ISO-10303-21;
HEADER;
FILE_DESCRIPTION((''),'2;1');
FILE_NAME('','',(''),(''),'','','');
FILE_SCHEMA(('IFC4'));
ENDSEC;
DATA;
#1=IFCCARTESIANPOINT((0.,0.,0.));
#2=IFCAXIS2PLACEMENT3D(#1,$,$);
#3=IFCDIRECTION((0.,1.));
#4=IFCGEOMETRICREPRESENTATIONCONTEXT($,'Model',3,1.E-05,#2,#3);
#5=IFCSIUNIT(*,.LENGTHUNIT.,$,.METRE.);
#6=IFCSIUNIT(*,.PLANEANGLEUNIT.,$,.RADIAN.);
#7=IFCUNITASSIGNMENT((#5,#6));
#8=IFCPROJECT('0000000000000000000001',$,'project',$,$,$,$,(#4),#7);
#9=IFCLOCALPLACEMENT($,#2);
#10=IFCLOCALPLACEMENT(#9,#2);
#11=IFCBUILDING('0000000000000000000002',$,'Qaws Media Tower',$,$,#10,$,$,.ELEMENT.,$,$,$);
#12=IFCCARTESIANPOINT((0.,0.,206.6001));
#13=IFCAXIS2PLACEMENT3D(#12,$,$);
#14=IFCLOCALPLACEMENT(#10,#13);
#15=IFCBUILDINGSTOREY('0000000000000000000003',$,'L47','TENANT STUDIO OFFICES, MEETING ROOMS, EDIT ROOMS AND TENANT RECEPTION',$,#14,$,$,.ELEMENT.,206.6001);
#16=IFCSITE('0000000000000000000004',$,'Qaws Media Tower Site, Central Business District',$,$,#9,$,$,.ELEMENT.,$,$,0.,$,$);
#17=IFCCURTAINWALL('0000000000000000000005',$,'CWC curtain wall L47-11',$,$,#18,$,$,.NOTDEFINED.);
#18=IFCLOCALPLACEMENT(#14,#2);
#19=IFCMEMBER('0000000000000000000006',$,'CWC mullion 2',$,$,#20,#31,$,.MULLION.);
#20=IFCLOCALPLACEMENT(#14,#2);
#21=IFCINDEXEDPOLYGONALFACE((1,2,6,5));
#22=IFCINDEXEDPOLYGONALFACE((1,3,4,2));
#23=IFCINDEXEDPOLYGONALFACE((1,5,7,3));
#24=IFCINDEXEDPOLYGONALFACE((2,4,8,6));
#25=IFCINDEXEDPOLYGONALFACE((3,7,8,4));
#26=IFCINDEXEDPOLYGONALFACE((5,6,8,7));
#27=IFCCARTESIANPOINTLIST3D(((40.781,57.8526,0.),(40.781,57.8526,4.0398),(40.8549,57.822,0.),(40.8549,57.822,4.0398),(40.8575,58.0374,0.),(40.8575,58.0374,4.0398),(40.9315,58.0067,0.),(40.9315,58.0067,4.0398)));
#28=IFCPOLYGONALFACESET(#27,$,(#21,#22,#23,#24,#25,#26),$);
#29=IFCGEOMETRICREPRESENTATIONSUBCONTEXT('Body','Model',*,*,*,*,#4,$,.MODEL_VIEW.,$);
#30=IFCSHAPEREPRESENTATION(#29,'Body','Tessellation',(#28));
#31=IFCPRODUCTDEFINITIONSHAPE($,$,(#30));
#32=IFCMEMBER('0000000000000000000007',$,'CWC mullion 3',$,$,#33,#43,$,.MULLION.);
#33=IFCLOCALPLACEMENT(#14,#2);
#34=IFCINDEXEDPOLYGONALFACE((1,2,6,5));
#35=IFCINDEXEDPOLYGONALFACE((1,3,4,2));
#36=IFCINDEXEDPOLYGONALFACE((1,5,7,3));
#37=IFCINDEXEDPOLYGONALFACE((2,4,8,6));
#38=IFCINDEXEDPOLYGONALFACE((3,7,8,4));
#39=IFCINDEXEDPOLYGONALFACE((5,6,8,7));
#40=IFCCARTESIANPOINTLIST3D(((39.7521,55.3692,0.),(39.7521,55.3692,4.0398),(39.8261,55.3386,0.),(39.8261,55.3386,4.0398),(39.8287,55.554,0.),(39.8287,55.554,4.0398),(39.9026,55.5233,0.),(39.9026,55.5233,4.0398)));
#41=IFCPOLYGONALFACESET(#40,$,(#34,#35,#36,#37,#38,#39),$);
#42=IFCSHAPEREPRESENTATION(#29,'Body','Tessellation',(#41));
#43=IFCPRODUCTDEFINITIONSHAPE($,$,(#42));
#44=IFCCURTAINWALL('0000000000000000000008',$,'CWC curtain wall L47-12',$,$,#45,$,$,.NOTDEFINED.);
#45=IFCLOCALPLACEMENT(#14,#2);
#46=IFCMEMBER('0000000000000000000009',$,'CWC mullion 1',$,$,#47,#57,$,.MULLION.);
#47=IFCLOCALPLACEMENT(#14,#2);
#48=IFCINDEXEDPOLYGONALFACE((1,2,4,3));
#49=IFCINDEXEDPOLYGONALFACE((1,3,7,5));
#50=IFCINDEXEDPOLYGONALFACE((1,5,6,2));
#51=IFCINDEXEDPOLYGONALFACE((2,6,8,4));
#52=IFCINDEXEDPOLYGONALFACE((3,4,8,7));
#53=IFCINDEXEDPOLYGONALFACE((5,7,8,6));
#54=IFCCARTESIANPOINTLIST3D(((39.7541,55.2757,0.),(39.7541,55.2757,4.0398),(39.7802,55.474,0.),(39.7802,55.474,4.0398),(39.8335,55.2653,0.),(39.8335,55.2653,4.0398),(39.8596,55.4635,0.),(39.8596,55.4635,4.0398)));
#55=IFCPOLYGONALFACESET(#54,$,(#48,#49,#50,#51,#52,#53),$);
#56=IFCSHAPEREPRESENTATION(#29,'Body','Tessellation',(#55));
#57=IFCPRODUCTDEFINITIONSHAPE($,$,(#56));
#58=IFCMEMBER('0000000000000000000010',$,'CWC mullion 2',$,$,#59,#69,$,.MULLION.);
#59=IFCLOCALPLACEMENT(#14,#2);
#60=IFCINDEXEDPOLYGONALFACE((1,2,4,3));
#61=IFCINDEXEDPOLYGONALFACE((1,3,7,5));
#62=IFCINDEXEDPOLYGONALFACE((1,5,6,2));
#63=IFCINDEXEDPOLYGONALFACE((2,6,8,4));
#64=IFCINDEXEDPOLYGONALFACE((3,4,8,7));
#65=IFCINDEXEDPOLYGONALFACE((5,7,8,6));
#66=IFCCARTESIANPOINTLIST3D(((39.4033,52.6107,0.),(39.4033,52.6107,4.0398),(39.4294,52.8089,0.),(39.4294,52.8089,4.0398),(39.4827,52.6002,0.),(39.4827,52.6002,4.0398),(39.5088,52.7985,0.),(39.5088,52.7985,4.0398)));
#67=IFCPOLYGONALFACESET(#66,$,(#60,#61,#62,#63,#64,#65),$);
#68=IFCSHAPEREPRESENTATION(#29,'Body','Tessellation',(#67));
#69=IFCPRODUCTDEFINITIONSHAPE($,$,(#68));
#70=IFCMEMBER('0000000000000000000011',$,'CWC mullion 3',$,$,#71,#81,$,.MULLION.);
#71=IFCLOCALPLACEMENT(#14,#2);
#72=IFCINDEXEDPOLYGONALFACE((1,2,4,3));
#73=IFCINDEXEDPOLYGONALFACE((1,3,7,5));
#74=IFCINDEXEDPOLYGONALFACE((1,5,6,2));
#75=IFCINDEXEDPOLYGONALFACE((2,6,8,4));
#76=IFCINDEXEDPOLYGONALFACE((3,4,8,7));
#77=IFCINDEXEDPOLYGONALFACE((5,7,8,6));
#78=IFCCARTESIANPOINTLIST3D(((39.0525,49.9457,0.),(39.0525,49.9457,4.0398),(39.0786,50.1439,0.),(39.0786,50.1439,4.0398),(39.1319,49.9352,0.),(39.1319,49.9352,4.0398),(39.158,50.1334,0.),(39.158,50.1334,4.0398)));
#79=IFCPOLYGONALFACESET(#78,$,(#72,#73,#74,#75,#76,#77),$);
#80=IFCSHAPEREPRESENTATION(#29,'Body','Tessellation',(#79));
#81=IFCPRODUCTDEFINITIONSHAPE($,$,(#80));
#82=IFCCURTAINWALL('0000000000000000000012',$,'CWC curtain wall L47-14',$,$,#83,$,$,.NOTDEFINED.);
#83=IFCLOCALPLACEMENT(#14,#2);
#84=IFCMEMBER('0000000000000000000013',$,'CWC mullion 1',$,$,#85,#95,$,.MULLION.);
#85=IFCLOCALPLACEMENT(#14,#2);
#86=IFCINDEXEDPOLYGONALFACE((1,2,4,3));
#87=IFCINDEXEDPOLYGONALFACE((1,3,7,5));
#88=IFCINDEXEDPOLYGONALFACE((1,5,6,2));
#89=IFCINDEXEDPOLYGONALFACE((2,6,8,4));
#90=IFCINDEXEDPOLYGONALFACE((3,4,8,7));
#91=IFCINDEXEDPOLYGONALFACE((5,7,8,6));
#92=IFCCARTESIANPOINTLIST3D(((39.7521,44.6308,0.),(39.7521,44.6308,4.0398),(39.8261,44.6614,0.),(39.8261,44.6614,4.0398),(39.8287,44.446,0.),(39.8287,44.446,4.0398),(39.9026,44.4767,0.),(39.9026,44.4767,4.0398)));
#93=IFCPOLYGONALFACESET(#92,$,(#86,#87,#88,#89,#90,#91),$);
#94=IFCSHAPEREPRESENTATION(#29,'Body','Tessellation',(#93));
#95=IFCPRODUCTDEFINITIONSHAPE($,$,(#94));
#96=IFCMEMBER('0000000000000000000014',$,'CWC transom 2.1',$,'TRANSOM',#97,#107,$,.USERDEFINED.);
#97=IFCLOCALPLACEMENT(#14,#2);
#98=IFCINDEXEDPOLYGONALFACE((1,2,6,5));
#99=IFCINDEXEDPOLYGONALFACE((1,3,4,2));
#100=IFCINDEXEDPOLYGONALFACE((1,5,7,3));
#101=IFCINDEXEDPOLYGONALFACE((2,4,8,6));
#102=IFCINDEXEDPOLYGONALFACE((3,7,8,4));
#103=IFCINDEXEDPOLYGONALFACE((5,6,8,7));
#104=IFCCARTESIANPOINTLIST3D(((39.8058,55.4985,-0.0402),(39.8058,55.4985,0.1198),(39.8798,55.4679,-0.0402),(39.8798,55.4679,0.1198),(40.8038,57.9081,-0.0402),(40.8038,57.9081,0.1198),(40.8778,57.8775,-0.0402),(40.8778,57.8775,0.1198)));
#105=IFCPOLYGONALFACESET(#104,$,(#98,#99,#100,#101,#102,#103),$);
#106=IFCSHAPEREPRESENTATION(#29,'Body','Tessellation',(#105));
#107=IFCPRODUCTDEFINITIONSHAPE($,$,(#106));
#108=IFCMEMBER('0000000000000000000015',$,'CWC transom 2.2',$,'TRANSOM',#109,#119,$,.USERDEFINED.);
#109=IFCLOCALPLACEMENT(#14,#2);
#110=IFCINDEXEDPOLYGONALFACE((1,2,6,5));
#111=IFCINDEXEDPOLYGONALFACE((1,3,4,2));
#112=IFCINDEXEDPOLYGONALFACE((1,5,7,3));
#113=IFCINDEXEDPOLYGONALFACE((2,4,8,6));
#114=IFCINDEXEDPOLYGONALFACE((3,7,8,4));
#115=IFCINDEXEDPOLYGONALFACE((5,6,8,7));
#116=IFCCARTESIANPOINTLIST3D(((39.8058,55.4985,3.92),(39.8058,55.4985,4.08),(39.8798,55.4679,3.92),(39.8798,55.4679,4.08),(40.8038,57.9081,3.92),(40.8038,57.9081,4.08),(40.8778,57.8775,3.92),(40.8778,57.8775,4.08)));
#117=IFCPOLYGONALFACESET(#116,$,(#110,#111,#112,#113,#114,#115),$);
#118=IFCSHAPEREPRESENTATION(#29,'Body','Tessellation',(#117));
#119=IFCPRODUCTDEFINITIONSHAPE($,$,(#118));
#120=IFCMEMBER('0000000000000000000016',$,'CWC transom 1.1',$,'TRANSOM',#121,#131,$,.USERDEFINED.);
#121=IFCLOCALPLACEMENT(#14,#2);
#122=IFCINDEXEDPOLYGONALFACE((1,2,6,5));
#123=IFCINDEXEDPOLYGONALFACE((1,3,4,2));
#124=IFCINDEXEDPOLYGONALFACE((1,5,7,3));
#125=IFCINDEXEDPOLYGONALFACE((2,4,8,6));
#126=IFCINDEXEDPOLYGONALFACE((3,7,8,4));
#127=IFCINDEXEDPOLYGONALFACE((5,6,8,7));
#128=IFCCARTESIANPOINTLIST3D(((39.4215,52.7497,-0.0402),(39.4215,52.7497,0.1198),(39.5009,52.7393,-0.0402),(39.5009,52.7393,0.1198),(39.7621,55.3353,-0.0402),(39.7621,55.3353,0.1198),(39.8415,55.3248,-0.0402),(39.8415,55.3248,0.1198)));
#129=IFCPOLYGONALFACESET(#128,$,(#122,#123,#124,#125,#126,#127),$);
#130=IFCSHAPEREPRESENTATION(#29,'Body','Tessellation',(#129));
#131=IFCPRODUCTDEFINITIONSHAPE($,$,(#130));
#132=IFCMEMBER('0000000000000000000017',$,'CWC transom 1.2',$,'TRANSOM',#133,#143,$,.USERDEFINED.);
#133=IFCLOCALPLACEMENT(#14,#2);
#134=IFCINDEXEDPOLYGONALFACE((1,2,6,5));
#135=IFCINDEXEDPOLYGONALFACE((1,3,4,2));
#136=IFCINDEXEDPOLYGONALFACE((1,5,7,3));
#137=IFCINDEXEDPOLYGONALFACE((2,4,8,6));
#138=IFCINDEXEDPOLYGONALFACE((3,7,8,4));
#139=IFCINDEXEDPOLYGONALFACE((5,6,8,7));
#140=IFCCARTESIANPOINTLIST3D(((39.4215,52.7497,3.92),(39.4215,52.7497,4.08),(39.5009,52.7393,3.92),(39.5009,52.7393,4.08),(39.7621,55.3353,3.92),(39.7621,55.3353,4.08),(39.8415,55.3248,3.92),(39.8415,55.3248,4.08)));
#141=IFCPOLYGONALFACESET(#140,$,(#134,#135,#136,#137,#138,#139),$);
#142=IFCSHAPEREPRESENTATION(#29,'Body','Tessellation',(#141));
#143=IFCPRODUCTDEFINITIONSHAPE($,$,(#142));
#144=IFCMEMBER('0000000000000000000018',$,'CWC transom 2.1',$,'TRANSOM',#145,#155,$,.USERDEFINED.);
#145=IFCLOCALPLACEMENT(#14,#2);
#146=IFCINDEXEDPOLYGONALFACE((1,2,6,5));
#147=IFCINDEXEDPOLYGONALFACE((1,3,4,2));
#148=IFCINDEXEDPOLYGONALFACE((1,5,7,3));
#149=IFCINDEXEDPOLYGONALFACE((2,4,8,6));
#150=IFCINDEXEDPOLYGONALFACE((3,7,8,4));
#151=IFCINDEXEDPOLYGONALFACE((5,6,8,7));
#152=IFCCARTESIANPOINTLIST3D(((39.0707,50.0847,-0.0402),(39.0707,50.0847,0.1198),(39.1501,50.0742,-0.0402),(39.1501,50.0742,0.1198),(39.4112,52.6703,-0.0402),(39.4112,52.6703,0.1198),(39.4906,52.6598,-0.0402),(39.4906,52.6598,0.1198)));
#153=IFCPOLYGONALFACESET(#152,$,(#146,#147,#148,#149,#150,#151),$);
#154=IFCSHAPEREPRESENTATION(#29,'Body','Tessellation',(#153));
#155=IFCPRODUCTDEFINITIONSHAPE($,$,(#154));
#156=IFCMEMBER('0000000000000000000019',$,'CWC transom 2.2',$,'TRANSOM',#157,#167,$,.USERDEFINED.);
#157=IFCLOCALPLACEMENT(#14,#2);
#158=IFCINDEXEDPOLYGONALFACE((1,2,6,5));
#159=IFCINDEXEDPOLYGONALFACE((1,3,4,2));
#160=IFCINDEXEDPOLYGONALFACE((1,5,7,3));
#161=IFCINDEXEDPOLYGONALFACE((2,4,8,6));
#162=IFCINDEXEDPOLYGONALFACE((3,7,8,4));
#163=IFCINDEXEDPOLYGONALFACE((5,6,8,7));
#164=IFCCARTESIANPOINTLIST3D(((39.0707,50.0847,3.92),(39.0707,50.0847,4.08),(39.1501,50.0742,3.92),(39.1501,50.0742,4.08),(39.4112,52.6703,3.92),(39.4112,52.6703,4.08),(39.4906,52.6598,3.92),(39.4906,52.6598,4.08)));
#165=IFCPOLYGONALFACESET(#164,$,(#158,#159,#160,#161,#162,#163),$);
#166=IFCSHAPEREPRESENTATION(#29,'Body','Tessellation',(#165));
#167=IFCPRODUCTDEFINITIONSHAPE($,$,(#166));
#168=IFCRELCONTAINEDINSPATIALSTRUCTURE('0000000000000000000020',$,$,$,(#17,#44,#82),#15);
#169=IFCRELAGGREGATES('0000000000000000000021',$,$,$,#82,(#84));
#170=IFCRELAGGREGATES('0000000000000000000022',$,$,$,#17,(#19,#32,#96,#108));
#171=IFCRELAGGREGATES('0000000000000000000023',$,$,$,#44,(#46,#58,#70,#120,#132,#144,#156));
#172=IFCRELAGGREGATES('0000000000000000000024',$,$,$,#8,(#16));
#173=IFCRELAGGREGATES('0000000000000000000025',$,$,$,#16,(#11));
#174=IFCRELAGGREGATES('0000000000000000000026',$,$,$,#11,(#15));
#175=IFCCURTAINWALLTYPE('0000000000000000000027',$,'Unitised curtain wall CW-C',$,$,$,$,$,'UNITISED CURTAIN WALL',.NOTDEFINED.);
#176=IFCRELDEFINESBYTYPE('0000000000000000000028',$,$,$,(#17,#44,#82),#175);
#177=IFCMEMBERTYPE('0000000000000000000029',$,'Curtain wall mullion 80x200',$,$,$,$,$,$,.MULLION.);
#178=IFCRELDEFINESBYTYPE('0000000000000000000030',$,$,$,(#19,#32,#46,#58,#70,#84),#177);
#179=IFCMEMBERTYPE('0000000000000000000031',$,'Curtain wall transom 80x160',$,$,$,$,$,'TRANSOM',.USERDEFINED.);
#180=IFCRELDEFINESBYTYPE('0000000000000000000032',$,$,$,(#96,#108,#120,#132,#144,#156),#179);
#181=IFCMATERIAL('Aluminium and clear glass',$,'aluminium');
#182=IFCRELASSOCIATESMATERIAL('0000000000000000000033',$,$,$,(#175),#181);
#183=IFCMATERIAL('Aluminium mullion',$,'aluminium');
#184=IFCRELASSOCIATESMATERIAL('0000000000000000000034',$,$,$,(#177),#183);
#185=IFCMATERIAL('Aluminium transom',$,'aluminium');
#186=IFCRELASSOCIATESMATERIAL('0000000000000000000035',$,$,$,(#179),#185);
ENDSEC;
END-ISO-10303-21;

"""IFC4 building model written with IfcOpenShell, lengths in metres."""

from ifc_helpers import new_model, si_unit, direction, frame, origin, origin_2d, place, context, subcontext, project, spatial, rectangle, extrude, material, material_profile, profile_set, type_object, element, aggregate, save


model = new_model("IFC4")

# Units and contexts
model_context = context("Model", 3, precision=1e-05, world=origin(), true_north=direction((0.0, 1.0)))
body_context = subcontext(model_context, "Body", "Model", "MODEL_VIEW")
ifc_project = project(units=[si_unit("LENGTHUNIT", "METRE"), si_unit("PLANEANGLEUNIT", "RADIAN")], contexts=[model_context])

# Site, building, storey
site_placement = place(None, origin())
site = spatial("IfcSite", under=ifc_project, at=site_placement, Name="Qaws Media Tower Site, Central Business District", CompositionType="ELEMENT", RefElevation=0.0)
building_placement = place(site_placement, origin())
building = spatial("IfcBuilding", under=site, at=building_placement, Name="Qaws Media Tower", CompositionType="ELEMENT")
storey_placement = place(building_placement, frame((0.0, 0.0, 206.6001)))
storey = spatial("IfcBuildingStorey", under=building, at=storey_placement, Name="L47", Description="TENANT STUDIO OFFICES, MEETING ROOMS, EDIT ROOMS AND TENANT RECEPTION", CompositionType="ELEMENT", Elevation=206.6001)

# Curtain walls, members
ifc_material_1 = material(Name="Aluminium and clear glass", Category="aluminium")
curtain_wall_type = type_object("IfcCurtainWallType", Name="Unitised curtain wall CW-C", ElementType="UNITISED CURTAIN WALL", PredefinedType="NOTDEFINED", material=ifc_material_1)
curtain_wall_1_placement = place(storey_placement, origin())
curtain_wall_1 = element("IfcCurtainWall", 1, at=curtain_wall_1_placement, inside=storey, type_object=curtain_wall_type, Name="CWC curtain wall L47-11", PredefinedType="NOTDEFINED")
ifc_material_2 = material(Name="Aluminium mullion", Category="aluminium")
ifc_material_profile_1 = material_profile(ifc_material_2, rectangle(XDim=0.0801, YDim=0.2, at=origin_2d()), Name="80x200")
ifc_profile_set_1 = profile_set([ifc_material_profile_1], Name="Aluminium mullion")
member_type_1 = type_object("IfcMemberType", Name="Curtain wall mullion 80x200", PredefinedType="MULLION", material=ifc_profile_set_1)
member_1_placement = place(storey_placement, frame((40.8562, 57.9297, 0.0), z_axis=(0.0, 0.0, 1.0), x_axis=(0.92388, -0.382683, 0.0)))
member_1 = element("IfcMember", 2, at=member_1_placement, type_object=member_type_1, Name="CWC mullion 2", PredefinedType="MULLION", context=body_context, shape_type="SweptSolid", body=[
    extrude(rectangle(XDim=0.0801, YDim=0.2, at=origin_2d()), origin(), (0.0, 0.0, 1.0), 4.0398),
])
member_2_placement = place(storey_placement, frame((39.8274, 55.4463, 0.0), z_axis=(0.0, 0.0, 1.0), x_axis=(0.92388, -0.382683, 0.0)))
member_2 = element("IfcMember", 3, at=member_2_placement, type_object=member_type_1, Name="CWC mullion 3", PredefinedType="MULLION", context=body_context, shape_type="SweptSolid", body=[
    extrude(rectangle(XDim=0.0801, YDim=0.2, at=origin_2d()), origin(), (0.0, 0.0, 1.0), 4.0398),
])
curtain_wall_2_placement = place(storey_placement, origin())
curtain_wall_2 = element("IfcCurtainWall", 4, at=curtain_wall_2_placement, inside=storey, type_object=curtain_wall_type, Name="CWC curtain wall L47-12", PredefinedType="NOTDEFINED")
member_3_placement = place(storey_placement, frame((39.8069, 55.3696, 0.0), z_axis=(0.0, 0.0, 1.0), x_axis=(0.991445, -0.130526, 0.0)))
member_3 = element("IfcMember", 5, at=member_3_placement, type_object=member_type_1, Name="CWC mullion 1", PredefinedType="MULLION", context=body_context, shape_type="SweptSolid", body=[
    extrude(rectangle(XDim=0.0801, YDim=0.2, at=origin_2d()), origin(), (0.0, 0.0, 1.0), 4.0398),
])
member_4_placement = place(storey_placement, frame((39.4561, 52.7046, 0.0), z_axis=(0.0, 0.0, 1.0), x_axis=(0.991445, -0.130526, 0.0)))
member_4 = element("IfcMember", 6, at=member_4_placement, type_object=member_type_1, Name="CWC mullion 2", PredefinedType="MULLION", context=body_context, shape_type="SweptSolid", body=[
    extrude(rectangle(XDim=0.0801, YDim=0.2, at=origin_2d()), origin(), (0.0, 0.0, 1.0), 4.0398),
])
member_5_placement = place(storey_placement, frame((39.1052, 50.0396, 0.0), z_axis=(0.0, 0.0, 1.0), x_axis=(0.991445, -0.130526, 0.0)))
member_5 = element("IfcMember", 7, at=member_5_placement, type_object=member_type_1, Name="CWC mullion 3", PredefinedType="MULLION", context=body_context, shape_type="SweptSolid", body=[
    extrude(rectangle(XDim=0.0801, YDim=0.2, at=origin_2d()), origin(), (0.0, 0.0, 1.0), 4.0398),
])

# Curtain wall, member
curtain_wall_3_placement = place(storey_placement, origin())
curtain_wall_3 = element("IfcCurtainWall", 8, at=curtain_wall_3_placement, inside=storey, type_object=curtain_wall_type, Name="CWC curtain wall L47-14", PredefinedType="NOTDEFINED")
member_6_placement = place(storey_placement, frame((39.8274, 44.5537, 0.0), z_axis=(0.0, 0.0, 1.0), x_axis=(0.92388, 0.382683, 0.0)))
member_6 = element("IfcMember", 9, at=member_6_placement, type_object=member_type_1, Name="CWC mullion 1", PredefinedType="MULLION", context=body_context, shape_type="SweptSolid", body=[
    extrude(rectangle(XDim=0.0801, YDim=0.2, at=origin_2d()), origin(), (0.0, 0.0, 1.0), 4.0398),
])
aggregate(curtain_wall_3, [member_6])

# Members
ifc_material_3 = material(Name="Aluminium transom", Category="aluminium")
ifc_material_profile_2 = material_profile(ifc_material_3, rectangle(XDim=0.0801, YDim=0.1599, at=origin_2d()), Name="80x160")
ifc_profile_set_2 = profile_set([ifc_material_profile_2], Name="Aluminium transom")
member_type_2 = type_object("IfcMemberType", Name="Curtain wall transom 80x160", ElementType="TRANSOM", PredefinedType="USERDEFINED", material=ifc_profile_set_2)
member_7_placement = place(storey_placement, frame((40.8408, 57.8928, 0.0398), z_axis=(-0.38266, -0.923889, 0.0), x_axis=(0.923889, -0.38266, 0.0)))
member_7 = element("IfcMember", 10, at=member_7_placement, type_object=member_type_2, Name="CWC transom 2.1", ObjectType="TRANSOM", PredefinedType="USERDEFINED", context=body_context, shape_type="SweptSolid", body=[
    extrude(rectangle(XDim=0.0801, YDim=0.1599, at=origin_2d()), origin(), (0.0, 0.0, 1.0), 2.6082),
])
member_8_placement = place(storey_placement, frame((40.8408, 57.8928, 4.0), z_axis=(-0.38266, -0.923889, 0.0), x_axis=(0.923889, -0.38266, 0.0)))
member_8 = element("IfcMember", 11, at=member_8_placement, type_object=member_type_2, Name="CWC transom 2.2", ObjectType="TRANSOM", PredefinedType="USERDEFINED", context=body_context, shape_type="SweptSolid", body=[
    extrude(rectangle(XDim=0.0801, YDim=0.1599, at=origin_2d()), origin(), (0.0, 0.0, 1.0), 2.6082),
])
member_9_placement = place(storey_placement, frame((39.8018, 55.3301, 0.0398), z_axis=(-0.130588, -0.991437, 0.0), x_axis=(0.991437, -0.130588, 0.0)))
member_9 = element("IfcMember", 12, at=member_9_placement, type_object=member_type_2, Name="CWC transom 1.1", ObjectType="TRANSOM", PredefinedType="USERDEFINED", context=body_context, shape_type="SweptSolid", body=[
    extrude(rectangle(XDim=0.0801, YDim=0.1599, at=origin_2d()), origin(), (0.0, 0.0, 1.0), 2.6079),
])
member_10_placement = place(storey_placement, frame((39.8018, 55.3301, 4.0), z_axis=(-0.130588, -0.991437, 0.0), x_axis=(0.991437, -0.130588, 0.0)))
member_10 = element("IfcMember", 13, at=member_10_placement, type_object=member_type_2, Name="CWC transom 1.2", ObjectType="TRANSOM", PredefinedType="USERDEFINED", context=body_context, shape_type="SweptSolid", body=[
    extrude(rectangle(XDim=0.0801, YDim=0.1599, at=origin_2d()), origin(), (0.0, 0.0, 1.0), 2.6079),
])
member_11_placement = place(storey_placement, frame((39.4509, 52.665, 0.0398), z_axis=(-0.130588, -0.991437, 0.0), x_axis=(0.991437, -0.130588, 0.0)))
member_11 = element("IfcMember", 14, at=member_11_placement, type_object=member_type_2, Name="CWC transom 2.1", ObjectType="TRANSOM", PredefinedType="USERDEFINED", context=body_context, shape_type="SweptSolid", body=[
    extrude(rectangle(XDim=0.0801, YDim=0.1599, at=origin_2d()), origin(), (0.0, 0.0, 1.0), 2.6079),
])
member_12_placement = place(storey_placement, frame((39.4509, 52.665, 4.0), z_axis=(-0.130588, -0.991437, 0.0), x_axis=(0.991437, -0.130588, 0.0)))
member_12 = element("IfcMember", 15, at=member_12_placement, type_object=member_type_2, Name="CWC transom 2.2", ObjectType="TRANSOM", PredefinedType="USERDEFINED", context=body_context, shape_type="SweptSolid", body=[
    extrude(rectangle(XDim=0.0801, YDim=0.1599, at=origin_2d()), origin(), (0.0, 0.0, 1.0), 2.6079),
])

aggregate(curtain_wall_1, [member_1, member_2, member_7, member_8])
aggregate(curtain_wall_2, [member_3, member_4, member_5, member_9, member_10, member_11, member_12])

save(model, "model.ifc")
